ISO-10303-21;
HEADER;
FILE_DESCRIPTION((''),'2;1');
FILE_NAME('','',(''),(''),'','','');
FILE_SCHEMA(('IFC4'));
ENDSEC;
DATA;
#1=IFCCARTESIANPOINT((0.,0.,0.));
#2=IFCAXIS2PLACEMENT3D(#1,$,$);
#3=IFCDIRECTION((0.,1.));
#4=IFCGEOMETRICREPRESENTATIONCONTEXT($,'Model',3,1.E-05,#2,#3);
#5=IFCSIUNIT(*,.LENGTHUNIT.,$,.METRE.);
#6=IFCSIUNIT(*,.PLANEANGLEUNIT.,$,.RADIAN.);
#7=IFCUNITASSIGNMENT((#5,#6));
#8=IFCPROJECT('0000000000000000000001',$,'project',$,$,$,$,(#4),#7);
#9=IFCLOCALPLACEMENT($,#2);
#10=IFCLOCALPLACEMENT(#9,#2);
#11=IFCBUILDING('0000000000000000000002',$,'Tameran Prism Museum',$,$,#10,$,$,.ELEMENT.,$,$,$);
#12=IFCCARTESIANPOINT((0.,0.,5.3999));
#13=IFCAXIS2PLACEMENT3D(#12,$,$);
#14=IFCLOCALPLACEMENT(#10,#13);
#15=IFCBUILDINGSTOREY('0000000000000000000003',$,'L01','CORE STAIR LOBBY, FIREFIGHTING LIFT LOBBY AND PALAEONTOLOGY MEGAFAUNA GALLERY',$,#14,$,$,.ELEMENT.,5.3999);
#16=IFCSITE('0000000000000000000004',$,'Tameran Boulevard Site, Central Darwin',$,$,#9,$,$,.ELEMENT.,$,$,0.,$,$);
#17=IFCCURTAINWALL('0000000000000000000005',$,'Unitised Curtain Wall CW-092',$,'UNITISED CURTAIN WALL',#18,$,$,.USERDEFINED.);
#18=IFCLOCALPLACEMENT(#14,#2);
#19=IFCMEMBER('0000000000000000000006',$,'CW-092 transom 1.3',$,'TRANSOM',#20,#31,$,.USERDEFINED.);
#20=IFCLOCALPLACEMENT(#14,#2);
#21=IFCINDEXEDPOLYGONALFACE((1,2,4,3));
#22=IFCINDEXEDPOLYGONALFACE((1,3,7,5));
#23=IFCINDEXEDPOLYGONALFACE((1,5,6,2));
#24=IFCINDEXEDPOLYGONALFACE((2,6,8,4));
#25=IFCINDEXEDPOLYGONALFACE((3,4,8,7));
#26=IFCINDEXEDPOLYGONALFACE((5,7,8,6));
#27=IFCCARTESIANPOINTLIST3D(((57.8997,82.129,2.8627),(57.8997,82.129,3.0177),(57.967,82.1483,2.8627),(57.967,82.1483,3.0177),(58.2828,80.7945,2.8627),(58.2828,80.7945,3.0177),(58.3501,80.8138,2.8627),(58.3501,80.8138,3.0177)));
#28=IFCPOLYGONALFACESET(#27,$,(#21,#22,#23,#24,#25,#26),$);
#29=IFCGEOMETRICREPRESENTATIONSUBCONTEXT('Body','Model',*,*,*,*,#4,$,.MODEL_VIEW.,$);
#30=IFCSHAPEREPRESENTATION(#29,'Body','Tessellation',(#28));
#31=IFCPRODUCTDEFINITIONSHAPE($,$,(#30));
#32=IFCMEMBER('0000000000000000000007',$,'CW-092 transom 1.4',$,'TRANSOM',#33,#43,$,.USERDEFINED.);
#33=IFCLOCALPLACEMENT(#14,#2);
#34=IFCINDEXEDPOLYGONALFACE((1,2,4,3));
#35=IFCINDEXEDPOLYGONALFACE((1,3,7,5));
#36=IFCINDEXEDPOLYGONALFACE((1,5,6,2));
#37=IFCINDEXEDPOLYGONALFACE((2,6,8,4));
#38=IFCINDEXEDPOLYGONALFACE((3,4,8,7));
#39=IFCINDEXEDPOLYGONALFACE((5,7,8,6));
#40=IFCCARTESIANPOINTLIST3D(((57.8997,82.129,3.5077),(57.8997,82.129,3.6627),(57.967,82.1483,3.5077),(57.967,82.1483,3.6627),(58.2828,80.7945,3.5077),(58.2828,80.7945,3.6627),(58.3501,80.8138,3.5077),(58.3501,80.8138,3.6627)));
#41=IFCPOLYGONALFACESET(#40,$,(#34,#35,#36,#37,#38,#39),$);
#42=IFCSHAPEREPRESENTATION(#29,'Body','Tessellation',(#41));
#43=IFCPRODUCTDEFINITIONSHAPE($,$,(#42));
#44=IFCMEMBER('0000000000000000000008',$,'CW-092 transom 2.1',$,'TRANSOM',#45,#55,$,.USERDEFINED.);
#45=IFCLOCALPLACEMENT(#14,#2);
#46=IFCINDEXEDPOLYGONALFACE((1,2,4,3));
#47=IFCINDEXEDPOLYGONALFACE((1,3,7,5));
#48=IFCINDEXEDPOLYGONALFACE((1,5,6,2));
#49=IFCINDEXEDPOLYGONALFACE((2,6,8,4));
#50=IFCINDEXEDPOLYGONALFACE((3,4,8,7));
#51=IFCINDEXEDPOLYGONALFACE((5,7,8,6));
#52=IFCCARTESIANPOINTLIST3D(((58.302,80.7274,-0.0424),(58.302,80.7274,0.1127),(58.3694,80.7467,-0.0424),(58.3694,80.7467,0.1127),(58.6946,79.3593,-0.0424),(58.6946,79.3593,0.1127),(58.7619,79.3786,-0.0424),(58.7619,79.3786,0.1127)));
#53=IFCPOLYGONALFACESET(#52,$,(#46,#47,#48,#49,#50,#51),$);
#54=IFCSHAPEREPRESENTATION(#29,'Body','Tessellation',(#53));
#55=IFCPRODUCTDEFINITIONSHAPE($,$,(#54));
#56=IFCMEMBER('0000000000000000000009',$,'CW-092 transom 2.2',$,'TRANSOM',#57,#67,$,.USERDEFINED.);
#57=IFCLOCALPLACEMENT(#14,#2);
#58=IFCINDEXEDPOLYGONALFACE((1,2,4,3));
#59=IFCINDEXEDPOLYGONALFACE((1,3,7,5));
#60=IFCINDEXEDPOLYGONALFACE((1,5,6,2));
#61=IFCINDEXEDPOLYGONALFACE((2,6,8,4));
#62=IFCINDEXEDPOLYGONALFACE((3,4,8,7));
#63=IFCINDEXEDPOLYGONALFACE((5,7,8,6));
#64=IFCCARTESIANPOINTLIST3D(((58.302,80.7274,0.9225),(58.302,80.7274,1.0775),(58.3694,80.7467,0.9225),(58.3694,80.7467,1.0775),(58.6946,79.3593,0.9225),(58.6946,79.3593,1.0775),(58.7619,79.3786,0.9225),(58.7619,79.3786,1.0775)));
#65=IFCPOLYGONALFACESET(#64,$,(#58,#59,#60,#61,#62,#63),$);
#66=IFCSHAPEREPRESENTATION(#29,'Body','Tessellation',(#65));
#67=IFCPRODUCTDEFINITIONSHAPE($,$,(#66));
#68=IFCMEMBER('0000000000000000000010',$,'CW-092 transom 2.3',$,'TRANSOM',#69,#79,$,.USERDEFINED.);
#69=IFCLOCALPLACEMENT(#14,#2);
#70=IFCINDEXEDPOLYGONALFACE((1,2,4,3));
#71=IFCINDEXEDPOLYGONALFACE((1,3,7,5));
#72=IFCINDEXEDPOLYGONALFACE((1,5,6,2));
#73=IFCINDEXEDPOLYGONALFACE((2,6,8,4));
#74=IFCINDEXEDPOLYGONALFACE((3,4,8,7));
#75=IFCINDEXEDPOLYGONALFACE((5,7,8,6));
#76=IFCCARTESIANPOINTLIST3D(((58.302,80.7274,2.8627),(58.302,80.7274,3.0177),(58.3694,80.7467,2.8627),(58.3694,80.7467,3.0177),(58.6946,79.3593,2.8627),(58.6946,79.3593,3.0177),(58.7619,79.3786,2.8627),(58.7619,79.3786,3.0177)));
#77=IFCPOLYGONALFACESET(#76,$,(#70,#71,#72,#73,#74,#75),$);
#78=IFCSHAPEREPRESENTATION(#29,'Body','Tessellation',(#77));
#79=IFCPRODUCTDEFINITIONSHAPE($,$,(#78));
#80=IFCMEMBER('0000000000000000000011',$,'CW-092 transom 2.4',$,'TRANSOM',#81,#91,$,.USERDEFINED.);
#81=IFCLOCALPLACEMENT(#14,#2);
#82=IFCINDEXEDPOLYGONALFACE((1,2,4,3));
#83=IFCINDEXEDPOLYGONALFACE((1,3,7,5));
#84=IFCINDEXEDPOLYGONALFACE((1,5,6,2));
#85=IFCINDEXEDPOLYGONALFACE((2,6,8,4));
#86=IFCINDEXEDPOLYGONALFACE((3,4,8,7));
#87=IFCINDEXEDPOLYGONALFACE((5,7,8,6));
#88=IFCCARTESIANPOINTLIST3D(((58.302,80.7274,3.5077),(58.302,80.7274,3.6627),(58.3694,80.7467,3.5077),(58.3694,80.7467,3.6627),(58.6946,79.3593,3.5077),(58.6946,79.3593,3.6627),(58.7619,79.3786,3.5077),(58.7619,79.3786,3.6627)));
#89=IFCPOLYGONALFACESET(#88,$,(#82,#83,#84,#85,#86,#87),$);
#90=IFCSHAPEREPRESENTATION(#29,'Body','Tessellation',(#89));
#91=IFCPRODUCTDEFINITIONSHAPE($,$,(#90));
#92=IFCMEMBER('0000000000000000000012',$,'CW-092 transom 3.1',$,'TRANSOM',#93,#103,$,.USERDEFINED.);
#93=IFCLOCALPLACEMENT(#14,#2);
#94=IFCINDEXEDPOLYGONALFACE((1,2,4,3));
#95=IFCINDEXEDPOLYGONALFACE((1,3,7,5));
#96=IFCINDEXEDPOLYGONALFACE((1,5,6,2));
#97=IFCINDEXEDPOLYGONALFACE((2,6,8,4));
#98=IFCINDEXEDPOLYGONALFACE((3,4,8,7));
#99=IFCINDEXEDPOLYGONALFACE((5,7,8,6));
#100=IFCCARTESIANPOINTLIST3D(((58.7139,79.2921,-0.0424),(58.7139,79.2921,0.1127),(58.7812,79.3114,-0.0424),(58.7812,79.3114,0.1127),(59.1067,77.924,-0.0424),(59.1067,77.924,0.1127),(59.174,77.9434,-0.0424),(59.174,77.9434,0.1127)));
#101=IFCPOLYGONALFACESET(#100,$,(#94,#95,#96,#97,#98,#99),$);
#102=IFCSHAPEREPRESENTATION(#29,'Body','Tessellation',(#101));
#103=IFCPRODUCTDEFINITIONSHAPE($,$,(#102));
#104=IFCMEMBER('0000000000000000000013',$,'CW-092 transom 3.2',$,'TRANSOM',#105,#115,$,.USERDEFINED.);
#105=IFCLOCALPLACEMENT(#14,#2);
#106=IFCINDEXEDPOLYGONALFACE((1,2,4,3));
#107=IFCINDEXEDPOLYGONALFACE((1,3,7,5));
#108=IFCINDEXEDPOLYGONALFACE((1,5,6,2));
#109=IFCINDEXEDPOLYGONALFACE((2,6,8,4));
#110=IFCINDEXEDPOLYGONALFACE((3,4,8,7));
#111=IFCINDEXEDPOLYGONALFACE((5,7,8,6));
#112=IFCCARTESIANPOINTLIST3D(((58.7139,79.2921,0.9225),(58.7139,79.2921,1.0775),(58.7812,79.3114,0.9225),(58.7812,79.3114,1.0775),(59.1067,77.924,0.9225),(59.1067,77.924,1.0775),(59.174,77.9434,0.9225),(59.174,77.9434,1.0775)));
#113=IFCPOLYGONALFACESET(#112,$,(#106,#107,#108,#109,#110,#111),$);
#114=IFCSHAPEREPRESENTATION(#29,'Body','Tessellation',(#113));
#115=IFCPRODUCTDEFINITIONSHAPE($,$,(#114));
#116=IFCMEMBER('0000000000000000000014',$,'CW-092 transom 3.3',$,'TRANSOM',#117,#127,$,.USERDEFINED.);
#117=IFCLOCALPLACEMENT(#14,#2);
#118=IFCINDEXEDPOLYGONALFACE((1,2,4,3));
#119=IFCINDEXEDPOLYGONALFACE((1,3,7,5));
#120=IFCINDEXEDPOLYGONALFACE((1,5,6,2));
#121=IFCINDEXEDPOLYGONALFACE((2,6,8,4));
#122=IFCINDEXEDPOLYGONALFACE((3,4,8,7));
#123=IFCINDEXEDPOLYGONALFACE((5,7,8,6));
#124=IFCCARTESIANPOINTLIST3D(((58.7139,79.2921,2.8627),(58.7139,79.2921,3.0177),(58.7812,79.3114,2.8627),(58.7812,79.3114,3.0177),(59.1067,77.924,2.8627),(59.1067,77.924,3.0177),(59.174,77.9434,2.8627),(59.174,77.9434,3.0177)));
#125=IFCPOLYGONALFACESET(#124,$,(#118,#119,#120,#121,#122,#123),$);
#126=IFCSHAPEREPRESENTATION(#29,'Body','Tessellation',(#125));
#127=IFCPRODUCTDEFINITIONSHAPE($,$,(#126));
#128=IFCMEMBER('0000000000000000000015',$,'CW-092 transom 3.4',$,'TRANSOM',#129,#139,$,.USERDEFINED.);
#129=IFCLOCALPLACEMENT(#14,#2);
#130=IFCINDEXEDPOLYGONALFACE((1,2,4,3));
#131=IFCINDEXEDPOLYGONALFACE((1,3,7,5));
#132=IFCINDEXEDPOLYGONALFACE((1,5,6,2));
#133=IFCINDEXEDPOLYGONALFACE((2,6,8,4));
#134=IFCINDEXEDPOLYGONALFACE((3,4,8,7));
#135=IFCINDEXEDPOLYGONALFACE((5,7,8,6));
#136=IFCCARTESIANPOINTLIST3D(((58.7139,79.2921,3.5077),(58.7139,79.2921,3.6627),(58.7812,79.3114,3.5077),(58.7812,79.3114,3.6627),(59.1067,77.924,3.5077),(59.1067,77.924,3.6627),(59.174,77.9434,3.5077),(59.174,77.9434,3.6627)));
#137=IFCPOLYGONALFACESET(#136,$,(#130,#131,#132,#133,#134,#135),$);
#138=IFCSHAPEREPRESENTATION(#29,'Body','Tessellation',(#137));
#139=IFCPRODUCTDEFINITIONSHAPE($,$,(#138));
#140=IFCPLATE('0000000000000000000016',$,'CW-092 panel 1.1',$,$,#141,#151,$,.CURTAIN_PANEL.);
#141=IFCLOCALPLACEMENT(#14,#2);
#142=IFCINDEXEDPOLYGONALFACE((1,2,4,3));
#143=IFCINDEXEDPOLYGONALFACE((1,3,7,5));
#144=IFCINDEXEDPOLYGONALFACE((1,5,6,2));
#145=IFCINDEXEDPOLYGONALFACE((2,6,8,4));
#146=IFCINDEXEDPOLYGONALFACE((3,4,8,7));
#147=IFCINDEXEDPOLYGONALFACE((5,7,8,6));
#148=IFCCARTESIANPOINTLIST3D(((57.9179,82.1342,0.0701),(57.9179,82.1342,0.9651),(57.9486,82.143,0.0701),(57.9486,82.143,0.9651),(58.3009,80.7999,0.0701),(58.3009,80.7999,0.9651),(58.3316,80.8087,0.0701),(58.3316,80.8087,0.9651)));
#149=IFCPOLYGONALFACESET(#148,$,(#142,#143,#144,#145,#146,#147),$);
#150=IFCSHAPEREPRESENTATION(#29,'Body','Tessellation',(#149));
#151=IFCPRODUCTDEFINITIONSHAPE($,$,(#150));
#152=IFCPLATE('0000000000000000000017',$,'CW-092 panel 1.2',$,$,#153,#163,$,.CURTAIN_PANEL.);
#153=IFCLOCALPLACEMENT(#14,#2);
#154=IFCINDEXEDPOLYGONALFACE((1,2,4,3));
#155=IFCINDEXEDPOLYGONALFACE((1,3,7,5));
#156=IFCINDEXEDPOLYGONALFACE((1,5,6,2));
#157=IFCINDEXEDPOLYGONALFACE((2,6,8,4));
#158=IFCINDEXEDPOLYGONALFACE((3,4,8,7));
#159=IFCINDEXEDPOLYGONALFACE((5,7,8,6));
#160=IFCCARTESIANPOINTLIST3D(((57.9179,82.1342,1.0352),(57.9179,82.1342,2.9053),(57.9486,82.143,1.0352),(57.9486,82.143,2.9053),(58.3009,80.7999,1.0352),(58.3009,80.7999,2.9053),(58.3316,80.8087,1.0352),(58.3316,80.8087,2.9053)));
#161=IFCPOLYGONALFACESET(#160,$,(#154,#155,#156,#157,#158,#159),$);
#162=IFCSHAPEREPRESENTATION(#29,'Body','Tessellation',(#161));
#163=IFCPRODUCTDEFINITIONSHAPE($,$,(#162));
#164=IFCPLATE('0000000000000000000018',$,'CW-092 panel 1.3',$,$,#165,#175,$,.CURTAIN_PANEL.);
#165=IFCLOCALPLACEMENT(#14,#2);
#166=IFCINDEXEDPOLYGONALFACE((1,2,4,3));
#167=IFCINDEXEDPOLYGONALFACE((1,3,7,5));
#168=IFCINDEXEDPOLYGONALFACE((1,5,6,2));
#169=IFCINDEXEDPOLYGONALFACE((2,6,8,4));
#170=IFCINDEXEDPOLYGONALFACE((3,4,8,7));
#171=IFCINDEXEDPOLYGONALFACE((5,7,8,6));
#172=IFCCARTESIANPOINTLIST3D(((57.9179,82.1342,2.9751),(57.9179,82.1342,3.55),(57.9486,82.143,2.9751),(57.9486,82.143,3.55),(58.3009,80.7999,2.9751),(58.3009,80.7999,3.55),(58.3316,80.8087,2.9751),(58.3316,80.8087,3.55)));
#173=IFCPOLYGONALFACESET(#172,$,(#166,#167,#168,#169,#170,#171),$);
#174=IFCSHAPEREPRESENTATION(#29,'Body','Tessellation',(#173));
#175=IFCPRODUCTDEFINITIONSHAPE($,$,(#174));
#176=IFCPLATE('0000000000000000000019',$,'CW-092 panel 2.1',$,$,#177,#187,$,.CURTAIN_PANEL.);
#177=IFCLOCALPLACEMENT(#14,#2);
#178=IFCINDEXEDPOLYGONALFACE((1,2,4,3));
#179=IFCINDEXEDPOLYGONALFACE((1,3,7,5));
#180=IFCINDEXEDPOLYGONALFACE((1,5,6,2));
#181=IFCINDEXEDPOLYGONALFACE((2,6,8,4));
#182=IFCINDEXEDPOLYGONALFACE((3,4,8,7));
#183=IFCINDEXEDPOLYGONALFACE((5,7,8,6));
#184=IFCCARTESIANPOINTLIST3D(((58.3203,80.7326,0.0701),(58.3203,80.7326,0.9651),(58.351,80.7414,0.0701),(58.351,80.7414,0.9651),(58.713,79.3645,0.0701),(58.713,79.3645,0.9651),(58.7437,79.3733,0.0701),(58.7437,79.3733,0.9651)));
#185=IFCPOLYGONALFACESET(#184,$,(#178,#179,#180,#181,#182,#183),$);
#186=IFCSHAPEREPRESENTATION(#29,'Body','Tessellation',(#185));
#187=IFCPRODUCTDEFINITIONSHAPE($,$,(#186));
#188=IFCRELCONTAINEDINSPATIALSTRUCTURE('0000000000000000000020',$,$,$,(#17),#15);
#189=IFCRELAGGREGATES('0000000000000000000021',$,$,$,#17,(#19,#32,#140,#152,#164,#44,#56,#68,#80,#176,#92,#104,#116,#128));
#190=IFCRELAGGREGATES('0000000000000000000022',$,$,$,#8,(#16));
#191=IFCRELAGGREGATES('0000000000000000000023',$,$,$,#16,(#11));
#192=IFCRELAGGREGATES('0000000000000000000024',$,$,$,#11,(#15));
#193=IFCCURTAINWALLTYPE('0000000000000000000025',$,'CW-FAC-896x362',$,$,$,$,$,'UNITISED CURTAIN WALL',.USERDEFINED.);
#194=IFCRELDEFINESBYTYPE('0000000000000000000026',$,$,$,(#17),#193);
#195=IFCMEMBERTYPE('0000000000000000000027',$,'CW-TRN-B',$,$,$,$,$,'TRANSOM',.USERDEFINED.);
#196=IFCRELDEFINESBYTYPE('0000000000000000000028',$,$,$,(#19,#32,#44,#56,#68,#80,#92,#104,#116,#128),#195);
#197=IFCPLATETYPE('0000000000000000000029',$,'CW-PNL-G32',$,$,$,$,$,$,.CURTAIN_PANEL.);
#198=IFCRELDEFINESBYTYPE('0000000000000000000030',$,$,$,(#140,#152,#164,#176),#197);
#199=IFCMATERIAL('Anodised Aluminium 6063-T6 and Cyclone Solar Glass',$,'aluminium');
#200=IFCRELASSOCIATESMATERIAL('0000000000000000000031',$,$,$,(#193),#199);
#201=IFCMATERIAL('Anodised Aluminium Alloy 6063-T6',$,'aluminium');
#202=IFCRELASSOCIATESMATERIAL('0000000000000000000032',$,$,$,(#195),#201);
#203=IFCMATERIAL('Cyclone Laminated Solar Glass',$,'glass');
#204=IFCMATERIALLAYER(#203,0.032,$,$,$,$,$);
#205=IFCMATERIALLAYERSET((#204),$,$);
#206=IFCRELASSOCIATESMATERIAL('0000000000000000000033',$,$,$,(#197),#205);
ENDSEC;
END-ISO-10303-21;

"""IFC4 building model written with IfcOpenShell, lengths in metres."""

from ifc_helpers import new_model, si_unit, direction, frame, origin, origin_2d, place, context, subcontext, project, spatial, rectangle, extrude, material, layer, layer_set, material_profile, profile_set, type_object, element, aggregate, save


model = new_model("IFC4")

# Units and contexts
model_context = context("Model", 3, precision=1e-05, world=origin(), true_north=direction((0.0, 1.0)))
body_context = subcontext(model_context, "Body", "Model", "MODEL_VIEW")
ifc_project = project(units=[si_unit("LENGTHUNIT", "METRE"), si_unit("PLANEANGLEUNIT", "RADIAN")], contexts=[model_context])

# Site, building, storey
site_placement = place(None, origin())
site = spatial("IfcSite", under=ifc_project, at=site_placement, Name="Tameran Boulevard Site, Central Darwin", CompositionType="ELEMENT", RefElevation=0.0)
building_placement = place(site_placement, origin())
building = spatial("IfcBuilding", under=site, at=building_placement, Name="Tameran Prism Museum", CompositionType="ELEMENT")
storey_placement = place(building_placement, frame((0.0, 0.0, 5.3999)))
storey = spatial("IfcBuildingStorey", under=building, at=storey_placement, Name="L01", Description="CORE STAIR LOBBY, FIREFIGHTING LIFT LOBBY AND PALAEONTOLOGY MEGAFAUNA GALLERY", CompositionType="ELEMENT", Elevation=5.3999)

# Curtain wall, members, plates
ifc_material_1 = material(Name="Anodised Aluminium 6063-T6 and Cyclone Solar Glass", Category="aluminium")
curtain_wall_type = type_object("IfcCurtainWallType", Name="CW-FAC-896x362", ElementType="UNITISED CURTAIN WALL", PredefinedType="USERDEFINED", material=ifc_material_1)
curtain_wall_placement = place(storey_placement, origin())
curtain_wall = element("IfcCurtainWall", 1, at=curtain_wall_placement, inside=storey, type_object=curtain_wall_type, Name="Unitised Curtain Wall CW-092", ObjectType="UNITISED CURTAIN WALL", PredefinedType="USERDEFINED")
ifc_material_2 = material(Name="Anodised Aluminium Alloy 6063-T6", Category="aluminium")
ifc_material_profile_1 = material_profile(ifc_material_2, rectangle(XDim=0.0701, YDim=0.155, at=origin_2d()))
ifc_profile_set_1 = profile_set([ifc_material_profile_1])
member_type_1 = type_object("IfcMemberType", Name="CW-TRN-B", ElementType="TRANSOM", PredefinedType="USERDEFINED", material=ifc_profile_set_1)
member_1_placement = place(storey_placement, frame((57.9333, 82.1387, 2.9402), z_axis=(0.275905, -0.961185, 0.0), x_axis=(0.961185, 0.275905, 0.0)))
member_1 = element("IfcMember", 2, at=member_1_placement, type_object=member_type_1, Name="CW-092 transom 1.3", ObjectType="TRANSOM", PredefinedType="USERDEFINED", context=body_context, shape_type="SweptSolid", body=[
    extrude(rectangle(XDim=0.0701, YDim=0.155, at=origin_2d()), origin(), (0.0, 0.0, 1.0), 1.3884),
])
member_2_placement = place(storey_placement, frame((57.9333, 82.1387, 3.5852), z_axis=(0.275905, -0.961185, 0.0), x_axis=(0.961185, 0.275905, 0.0)))
member_2 = element("IfcMember", 3, at=member_2_placement, type_object=member_type_1, Name="CW-092 transom 1.4", ObjectType="TRANSOM", PredefinedType="USERDEFINED", context=body_context, shape_type="SweptSolid", body=[
    extrude(rectangle(XDim=0.0701, YDim=0.155, at=origin_2d()), origin(), (0.0, 0.0, 1.0), 1.3884),
])
member_3_placement = place(storey_placement, frame((58.3357, 80.7371, 0.0352), z_axis=(0.275808, -0.961213, 0.0), x_axis=(0.961213, 0.275808, 0.0)))
member_3 = element("IfcMember", 4, at=member_3_placement, type_object=member_type_1, Name="CW-092 transom 2.1", ObjectType="TRANSOM", PredefinedType="USERDEFINED", context=body_context, shape_type="SweptSolid", body=[
    extrude(rectangle(XDim=0.0701, YDim=0.155, at=origin_2d()), origin(), (0.0, 0.0, 1.0), 1.4233),
])
member_4_placement = place(storey_placement, frame((58.3357, 80.7371, 1.0), z_axis=(0.275808, -0.961213, 0.0), x_axis=(0.961213, 0.275808, 0.0)))
member_4 = element("IfcMember", 5, at=member_4_placement, type_object=member_type_1, Name="CW-092 transom 2.2", ObjectType="TRANSOM", PredefinedType="USERDEFINED", context=body_context, shape_type="SweptSolid", body=[
    extrude(rectangle(XDim=0.0701, YDim=0.155, at=origin_2d()), origin(), (0.0, 0.0, 1.0), 1.4233),
])
member_5_placement = place(storey_placement, frame((58.3357, 80.7371, 2.9402), z_axis=(0.275808, -0.961213, 0.0), x_axis=(0.961213, 0.275808, 0.0)))
member_5 = element("IfcMember", 6, at=member_5_placement, type_object=member_type_1, Name="CW-092 transom 2.3", ObjectType="TRANSOM", PredefinedType="USERDEFINED", context=body_context, shape_type="SweptSolid", body=[
    extrude(rectangle(XDim=0.0701, YDim=0.155, at=origin_2d()), origin(), (0.0, 0.0, 1.0), 1.4233),
])
member_6_placement = place(storey_placement, frame((58.3357, 80.7371, 3.5852), z_axis=(0.275808, -0.961213, 0.0), x_axis=(0.961213, 0.275808, 0.0)))
member_6 = element("IfcMember", 7, at=member_6_placement, type_object=member_type_1, Name="CW-092 transom 2.4", ObjectType="TRANSOM", PredefinedType="USERDEFINED", context=body_context, shape_type="SweptSolid", body=[
    extrude(rectangle(XDim=0.0701, YDim=0.155, at=origin_2d()), origin(), (0.0, 0.0, 1.0), 1.4233),
])
member_7_placement = place(storey_placement, frame((58.7476, 79.3018, 0.0352), z_axis=(0.275967, -0.961167, 0.0), x_axis=(0.961167, 0.275967, 0.0)))
member_7 = element("IfcMember", 8, at=member_7_placement, type_object=member_type_1, Name="CW-092 transom 3.1", ObjectType="TRANSOM", PredefinedType="USERDEFINED", context=body_context, shape_type="SweptSolid", body=[
    extrude(rectangle(XDim=0.0701, YDim=0.155, at=origin_2d()), origin(), (0.0, 0.0, 1.0), 1.4233),
])
member_8_placement = place(storey_placement, frame((58.7476, 79.3018, 1.0), z_axis=(0.275967, -0.961167, 0.0), x_axis=(0.961167, 0.275967, 0.0)))
member_8 = element("IfcMember", 9, at=member_8_placement, type_object=member_type_1, Name="CW-092 transom 3.2", ObjectType="TRANSOM", PredefinedType="USERDEFINED", context=body_context, shape_type="SweptSolid", body=[
    extrude(rectangle(XDim=0.0701, YDim=0.155, at=origin_2d()), origin(), (0.0, 0.0, 1.0), 1.4233),
])
member_9_placement = place(storey_placement, frame((58.7476, 79.3018, 2.9402), z_axis=(0.275967, -0.961167, 0.0), x_axis=(0.961167, 0.275967, 0.0)))
member_9 = element("IfcMember", 10, at=member_9_placement, type_object=member_type_1, Name="CW-092 transom 3.3", ObjectType="TRANSOM", PredefinedType="USERDEFINED", context=body_context, shape_type="SweptSolid", body=[
    extrude(rectangle(XDim=0.0701, YDim=0.155, at=origin_2d()), origin(), (0.0, 0.0, 1.0), 1.4233),
])
member_10_placement = place(storey_placement, frame((58.7476, 79.3018, 3.5852), z_axis=(0.275967, -0.961167, 0.0), x_axis=(0.961167, 0.275967, 0.0)))
member_10 = element("IfcMember", 11, at=member_10_placement, type_object=member_type_1, Name="CW-092 transom 3.4", ObjectType="TRANSOM", PredefinedType="USERDEFINED", context=body_context, shape_type="SweptSolid", body=[
    extrude(rectangle(XDim=0.0701, YDim=0.155, at=origin_2d()), origin(), (0.0, 0.0, 1.0), 1.4233),
])
ifc_material_3 = material(Name="Cyclone Laminated Solar Glass", Category="glass")
ifc_layer_1 = layer(ifc_material_3, 0.032)
ifc_layer_set_1 = layer_set([ifc_layer_1])
plate_type = type_object("IfcPlateType", Name="CW-PNL-G32", PredefinedType="CURTAIN_PANEL", material=ifc_layer_set_1)
plate_1_placement = place(storey_placement, frame((58.1248, 81.4714, 0.0701), z_axis=(0.0, 0.0, 1.0), x_axis=(0.2759, -0.961186, 0.0)))
plate_1 = element("IfcPlate", 12, at=plate_1_placement, type_object=plate_type, Name="CW-092 panel 1.1", PredefinedType="CURTAIN_PANEL", context=body_context, shape_type="SweptSolid", body=[
    extrude(rectangle(XDim=1.3882, YDim=0.032, at=origin_2d()), origin(), (0.0, 0.0, 1.0), 0.895),
])
plate_2_placement = place(storey_placement, frame((58.1248, 81.4714, 1.0352), z_axis=(0.0, 0.0, 1.0), x_axis=(0.2759, -0.961186, 0.0)))
plate_2 = element("IfcPlate", 13, at=plate_2_placement, type_object=plate_type, Name="CW-092 panel 1.2", PredefinedType="CURTAIN_PANEL", context=body_context, shape_type="SweptSolid", body=[
    extrude(rectangle(XDim=1.3882, YDim=0.032, at=origin_2d()), origin(), (0.0, 0.0, 1.0), 1.8701),
])
plate_3_placement = place(storey_placement, frame((58.1248, 81.4714, 2.9751), z_axis=(0.0, 0.0, 1.0), x_axis=(0.2759, -0.961186, 0.0)))
plate_3 = element("IfcPlate", 14, at=plate_3_placement, type_object=plate_type, Name="CW-092 panel 1.3", PredefinedType="CURTAIN_PANEL", context=body_context, shape_type="SweptSolid", body=[
    extrude(rectangle(XDim=1.3882, YDim=0.032, at=origin_2d()), origin(), (0.0, 0.0, 1.0), 0.575),
])
plate_4_placement = place(storey_placement, frame((58.532, 80.053, 0.0701), z_axis=(0.0, 0.0, 1.0), x_axis=(0.2759, -0.961186, 0.0)))
plate_4 = element("IfcPlate", 15, at=plate_4_placement, type_object=plate_type, Name="CW-092 panel 2.1", PredefinedType="CURTAIN_PANEL", context=body_context, shape_type="SweptSolid", body=[
    extrude(rectangle(XDim=1.4233, YDim=0.032, at=origin_2d()), origin(), (0.0, 0.0, 1.0), 0.895),
])
aggregate(curtain_wall, [member_1, member_2, plate_1, plate_2, plate_3, member_3, member_4, member_5, member_6, plate_4, member_7, member_8, member_9, member_10])

save(model, "model.ifc")
